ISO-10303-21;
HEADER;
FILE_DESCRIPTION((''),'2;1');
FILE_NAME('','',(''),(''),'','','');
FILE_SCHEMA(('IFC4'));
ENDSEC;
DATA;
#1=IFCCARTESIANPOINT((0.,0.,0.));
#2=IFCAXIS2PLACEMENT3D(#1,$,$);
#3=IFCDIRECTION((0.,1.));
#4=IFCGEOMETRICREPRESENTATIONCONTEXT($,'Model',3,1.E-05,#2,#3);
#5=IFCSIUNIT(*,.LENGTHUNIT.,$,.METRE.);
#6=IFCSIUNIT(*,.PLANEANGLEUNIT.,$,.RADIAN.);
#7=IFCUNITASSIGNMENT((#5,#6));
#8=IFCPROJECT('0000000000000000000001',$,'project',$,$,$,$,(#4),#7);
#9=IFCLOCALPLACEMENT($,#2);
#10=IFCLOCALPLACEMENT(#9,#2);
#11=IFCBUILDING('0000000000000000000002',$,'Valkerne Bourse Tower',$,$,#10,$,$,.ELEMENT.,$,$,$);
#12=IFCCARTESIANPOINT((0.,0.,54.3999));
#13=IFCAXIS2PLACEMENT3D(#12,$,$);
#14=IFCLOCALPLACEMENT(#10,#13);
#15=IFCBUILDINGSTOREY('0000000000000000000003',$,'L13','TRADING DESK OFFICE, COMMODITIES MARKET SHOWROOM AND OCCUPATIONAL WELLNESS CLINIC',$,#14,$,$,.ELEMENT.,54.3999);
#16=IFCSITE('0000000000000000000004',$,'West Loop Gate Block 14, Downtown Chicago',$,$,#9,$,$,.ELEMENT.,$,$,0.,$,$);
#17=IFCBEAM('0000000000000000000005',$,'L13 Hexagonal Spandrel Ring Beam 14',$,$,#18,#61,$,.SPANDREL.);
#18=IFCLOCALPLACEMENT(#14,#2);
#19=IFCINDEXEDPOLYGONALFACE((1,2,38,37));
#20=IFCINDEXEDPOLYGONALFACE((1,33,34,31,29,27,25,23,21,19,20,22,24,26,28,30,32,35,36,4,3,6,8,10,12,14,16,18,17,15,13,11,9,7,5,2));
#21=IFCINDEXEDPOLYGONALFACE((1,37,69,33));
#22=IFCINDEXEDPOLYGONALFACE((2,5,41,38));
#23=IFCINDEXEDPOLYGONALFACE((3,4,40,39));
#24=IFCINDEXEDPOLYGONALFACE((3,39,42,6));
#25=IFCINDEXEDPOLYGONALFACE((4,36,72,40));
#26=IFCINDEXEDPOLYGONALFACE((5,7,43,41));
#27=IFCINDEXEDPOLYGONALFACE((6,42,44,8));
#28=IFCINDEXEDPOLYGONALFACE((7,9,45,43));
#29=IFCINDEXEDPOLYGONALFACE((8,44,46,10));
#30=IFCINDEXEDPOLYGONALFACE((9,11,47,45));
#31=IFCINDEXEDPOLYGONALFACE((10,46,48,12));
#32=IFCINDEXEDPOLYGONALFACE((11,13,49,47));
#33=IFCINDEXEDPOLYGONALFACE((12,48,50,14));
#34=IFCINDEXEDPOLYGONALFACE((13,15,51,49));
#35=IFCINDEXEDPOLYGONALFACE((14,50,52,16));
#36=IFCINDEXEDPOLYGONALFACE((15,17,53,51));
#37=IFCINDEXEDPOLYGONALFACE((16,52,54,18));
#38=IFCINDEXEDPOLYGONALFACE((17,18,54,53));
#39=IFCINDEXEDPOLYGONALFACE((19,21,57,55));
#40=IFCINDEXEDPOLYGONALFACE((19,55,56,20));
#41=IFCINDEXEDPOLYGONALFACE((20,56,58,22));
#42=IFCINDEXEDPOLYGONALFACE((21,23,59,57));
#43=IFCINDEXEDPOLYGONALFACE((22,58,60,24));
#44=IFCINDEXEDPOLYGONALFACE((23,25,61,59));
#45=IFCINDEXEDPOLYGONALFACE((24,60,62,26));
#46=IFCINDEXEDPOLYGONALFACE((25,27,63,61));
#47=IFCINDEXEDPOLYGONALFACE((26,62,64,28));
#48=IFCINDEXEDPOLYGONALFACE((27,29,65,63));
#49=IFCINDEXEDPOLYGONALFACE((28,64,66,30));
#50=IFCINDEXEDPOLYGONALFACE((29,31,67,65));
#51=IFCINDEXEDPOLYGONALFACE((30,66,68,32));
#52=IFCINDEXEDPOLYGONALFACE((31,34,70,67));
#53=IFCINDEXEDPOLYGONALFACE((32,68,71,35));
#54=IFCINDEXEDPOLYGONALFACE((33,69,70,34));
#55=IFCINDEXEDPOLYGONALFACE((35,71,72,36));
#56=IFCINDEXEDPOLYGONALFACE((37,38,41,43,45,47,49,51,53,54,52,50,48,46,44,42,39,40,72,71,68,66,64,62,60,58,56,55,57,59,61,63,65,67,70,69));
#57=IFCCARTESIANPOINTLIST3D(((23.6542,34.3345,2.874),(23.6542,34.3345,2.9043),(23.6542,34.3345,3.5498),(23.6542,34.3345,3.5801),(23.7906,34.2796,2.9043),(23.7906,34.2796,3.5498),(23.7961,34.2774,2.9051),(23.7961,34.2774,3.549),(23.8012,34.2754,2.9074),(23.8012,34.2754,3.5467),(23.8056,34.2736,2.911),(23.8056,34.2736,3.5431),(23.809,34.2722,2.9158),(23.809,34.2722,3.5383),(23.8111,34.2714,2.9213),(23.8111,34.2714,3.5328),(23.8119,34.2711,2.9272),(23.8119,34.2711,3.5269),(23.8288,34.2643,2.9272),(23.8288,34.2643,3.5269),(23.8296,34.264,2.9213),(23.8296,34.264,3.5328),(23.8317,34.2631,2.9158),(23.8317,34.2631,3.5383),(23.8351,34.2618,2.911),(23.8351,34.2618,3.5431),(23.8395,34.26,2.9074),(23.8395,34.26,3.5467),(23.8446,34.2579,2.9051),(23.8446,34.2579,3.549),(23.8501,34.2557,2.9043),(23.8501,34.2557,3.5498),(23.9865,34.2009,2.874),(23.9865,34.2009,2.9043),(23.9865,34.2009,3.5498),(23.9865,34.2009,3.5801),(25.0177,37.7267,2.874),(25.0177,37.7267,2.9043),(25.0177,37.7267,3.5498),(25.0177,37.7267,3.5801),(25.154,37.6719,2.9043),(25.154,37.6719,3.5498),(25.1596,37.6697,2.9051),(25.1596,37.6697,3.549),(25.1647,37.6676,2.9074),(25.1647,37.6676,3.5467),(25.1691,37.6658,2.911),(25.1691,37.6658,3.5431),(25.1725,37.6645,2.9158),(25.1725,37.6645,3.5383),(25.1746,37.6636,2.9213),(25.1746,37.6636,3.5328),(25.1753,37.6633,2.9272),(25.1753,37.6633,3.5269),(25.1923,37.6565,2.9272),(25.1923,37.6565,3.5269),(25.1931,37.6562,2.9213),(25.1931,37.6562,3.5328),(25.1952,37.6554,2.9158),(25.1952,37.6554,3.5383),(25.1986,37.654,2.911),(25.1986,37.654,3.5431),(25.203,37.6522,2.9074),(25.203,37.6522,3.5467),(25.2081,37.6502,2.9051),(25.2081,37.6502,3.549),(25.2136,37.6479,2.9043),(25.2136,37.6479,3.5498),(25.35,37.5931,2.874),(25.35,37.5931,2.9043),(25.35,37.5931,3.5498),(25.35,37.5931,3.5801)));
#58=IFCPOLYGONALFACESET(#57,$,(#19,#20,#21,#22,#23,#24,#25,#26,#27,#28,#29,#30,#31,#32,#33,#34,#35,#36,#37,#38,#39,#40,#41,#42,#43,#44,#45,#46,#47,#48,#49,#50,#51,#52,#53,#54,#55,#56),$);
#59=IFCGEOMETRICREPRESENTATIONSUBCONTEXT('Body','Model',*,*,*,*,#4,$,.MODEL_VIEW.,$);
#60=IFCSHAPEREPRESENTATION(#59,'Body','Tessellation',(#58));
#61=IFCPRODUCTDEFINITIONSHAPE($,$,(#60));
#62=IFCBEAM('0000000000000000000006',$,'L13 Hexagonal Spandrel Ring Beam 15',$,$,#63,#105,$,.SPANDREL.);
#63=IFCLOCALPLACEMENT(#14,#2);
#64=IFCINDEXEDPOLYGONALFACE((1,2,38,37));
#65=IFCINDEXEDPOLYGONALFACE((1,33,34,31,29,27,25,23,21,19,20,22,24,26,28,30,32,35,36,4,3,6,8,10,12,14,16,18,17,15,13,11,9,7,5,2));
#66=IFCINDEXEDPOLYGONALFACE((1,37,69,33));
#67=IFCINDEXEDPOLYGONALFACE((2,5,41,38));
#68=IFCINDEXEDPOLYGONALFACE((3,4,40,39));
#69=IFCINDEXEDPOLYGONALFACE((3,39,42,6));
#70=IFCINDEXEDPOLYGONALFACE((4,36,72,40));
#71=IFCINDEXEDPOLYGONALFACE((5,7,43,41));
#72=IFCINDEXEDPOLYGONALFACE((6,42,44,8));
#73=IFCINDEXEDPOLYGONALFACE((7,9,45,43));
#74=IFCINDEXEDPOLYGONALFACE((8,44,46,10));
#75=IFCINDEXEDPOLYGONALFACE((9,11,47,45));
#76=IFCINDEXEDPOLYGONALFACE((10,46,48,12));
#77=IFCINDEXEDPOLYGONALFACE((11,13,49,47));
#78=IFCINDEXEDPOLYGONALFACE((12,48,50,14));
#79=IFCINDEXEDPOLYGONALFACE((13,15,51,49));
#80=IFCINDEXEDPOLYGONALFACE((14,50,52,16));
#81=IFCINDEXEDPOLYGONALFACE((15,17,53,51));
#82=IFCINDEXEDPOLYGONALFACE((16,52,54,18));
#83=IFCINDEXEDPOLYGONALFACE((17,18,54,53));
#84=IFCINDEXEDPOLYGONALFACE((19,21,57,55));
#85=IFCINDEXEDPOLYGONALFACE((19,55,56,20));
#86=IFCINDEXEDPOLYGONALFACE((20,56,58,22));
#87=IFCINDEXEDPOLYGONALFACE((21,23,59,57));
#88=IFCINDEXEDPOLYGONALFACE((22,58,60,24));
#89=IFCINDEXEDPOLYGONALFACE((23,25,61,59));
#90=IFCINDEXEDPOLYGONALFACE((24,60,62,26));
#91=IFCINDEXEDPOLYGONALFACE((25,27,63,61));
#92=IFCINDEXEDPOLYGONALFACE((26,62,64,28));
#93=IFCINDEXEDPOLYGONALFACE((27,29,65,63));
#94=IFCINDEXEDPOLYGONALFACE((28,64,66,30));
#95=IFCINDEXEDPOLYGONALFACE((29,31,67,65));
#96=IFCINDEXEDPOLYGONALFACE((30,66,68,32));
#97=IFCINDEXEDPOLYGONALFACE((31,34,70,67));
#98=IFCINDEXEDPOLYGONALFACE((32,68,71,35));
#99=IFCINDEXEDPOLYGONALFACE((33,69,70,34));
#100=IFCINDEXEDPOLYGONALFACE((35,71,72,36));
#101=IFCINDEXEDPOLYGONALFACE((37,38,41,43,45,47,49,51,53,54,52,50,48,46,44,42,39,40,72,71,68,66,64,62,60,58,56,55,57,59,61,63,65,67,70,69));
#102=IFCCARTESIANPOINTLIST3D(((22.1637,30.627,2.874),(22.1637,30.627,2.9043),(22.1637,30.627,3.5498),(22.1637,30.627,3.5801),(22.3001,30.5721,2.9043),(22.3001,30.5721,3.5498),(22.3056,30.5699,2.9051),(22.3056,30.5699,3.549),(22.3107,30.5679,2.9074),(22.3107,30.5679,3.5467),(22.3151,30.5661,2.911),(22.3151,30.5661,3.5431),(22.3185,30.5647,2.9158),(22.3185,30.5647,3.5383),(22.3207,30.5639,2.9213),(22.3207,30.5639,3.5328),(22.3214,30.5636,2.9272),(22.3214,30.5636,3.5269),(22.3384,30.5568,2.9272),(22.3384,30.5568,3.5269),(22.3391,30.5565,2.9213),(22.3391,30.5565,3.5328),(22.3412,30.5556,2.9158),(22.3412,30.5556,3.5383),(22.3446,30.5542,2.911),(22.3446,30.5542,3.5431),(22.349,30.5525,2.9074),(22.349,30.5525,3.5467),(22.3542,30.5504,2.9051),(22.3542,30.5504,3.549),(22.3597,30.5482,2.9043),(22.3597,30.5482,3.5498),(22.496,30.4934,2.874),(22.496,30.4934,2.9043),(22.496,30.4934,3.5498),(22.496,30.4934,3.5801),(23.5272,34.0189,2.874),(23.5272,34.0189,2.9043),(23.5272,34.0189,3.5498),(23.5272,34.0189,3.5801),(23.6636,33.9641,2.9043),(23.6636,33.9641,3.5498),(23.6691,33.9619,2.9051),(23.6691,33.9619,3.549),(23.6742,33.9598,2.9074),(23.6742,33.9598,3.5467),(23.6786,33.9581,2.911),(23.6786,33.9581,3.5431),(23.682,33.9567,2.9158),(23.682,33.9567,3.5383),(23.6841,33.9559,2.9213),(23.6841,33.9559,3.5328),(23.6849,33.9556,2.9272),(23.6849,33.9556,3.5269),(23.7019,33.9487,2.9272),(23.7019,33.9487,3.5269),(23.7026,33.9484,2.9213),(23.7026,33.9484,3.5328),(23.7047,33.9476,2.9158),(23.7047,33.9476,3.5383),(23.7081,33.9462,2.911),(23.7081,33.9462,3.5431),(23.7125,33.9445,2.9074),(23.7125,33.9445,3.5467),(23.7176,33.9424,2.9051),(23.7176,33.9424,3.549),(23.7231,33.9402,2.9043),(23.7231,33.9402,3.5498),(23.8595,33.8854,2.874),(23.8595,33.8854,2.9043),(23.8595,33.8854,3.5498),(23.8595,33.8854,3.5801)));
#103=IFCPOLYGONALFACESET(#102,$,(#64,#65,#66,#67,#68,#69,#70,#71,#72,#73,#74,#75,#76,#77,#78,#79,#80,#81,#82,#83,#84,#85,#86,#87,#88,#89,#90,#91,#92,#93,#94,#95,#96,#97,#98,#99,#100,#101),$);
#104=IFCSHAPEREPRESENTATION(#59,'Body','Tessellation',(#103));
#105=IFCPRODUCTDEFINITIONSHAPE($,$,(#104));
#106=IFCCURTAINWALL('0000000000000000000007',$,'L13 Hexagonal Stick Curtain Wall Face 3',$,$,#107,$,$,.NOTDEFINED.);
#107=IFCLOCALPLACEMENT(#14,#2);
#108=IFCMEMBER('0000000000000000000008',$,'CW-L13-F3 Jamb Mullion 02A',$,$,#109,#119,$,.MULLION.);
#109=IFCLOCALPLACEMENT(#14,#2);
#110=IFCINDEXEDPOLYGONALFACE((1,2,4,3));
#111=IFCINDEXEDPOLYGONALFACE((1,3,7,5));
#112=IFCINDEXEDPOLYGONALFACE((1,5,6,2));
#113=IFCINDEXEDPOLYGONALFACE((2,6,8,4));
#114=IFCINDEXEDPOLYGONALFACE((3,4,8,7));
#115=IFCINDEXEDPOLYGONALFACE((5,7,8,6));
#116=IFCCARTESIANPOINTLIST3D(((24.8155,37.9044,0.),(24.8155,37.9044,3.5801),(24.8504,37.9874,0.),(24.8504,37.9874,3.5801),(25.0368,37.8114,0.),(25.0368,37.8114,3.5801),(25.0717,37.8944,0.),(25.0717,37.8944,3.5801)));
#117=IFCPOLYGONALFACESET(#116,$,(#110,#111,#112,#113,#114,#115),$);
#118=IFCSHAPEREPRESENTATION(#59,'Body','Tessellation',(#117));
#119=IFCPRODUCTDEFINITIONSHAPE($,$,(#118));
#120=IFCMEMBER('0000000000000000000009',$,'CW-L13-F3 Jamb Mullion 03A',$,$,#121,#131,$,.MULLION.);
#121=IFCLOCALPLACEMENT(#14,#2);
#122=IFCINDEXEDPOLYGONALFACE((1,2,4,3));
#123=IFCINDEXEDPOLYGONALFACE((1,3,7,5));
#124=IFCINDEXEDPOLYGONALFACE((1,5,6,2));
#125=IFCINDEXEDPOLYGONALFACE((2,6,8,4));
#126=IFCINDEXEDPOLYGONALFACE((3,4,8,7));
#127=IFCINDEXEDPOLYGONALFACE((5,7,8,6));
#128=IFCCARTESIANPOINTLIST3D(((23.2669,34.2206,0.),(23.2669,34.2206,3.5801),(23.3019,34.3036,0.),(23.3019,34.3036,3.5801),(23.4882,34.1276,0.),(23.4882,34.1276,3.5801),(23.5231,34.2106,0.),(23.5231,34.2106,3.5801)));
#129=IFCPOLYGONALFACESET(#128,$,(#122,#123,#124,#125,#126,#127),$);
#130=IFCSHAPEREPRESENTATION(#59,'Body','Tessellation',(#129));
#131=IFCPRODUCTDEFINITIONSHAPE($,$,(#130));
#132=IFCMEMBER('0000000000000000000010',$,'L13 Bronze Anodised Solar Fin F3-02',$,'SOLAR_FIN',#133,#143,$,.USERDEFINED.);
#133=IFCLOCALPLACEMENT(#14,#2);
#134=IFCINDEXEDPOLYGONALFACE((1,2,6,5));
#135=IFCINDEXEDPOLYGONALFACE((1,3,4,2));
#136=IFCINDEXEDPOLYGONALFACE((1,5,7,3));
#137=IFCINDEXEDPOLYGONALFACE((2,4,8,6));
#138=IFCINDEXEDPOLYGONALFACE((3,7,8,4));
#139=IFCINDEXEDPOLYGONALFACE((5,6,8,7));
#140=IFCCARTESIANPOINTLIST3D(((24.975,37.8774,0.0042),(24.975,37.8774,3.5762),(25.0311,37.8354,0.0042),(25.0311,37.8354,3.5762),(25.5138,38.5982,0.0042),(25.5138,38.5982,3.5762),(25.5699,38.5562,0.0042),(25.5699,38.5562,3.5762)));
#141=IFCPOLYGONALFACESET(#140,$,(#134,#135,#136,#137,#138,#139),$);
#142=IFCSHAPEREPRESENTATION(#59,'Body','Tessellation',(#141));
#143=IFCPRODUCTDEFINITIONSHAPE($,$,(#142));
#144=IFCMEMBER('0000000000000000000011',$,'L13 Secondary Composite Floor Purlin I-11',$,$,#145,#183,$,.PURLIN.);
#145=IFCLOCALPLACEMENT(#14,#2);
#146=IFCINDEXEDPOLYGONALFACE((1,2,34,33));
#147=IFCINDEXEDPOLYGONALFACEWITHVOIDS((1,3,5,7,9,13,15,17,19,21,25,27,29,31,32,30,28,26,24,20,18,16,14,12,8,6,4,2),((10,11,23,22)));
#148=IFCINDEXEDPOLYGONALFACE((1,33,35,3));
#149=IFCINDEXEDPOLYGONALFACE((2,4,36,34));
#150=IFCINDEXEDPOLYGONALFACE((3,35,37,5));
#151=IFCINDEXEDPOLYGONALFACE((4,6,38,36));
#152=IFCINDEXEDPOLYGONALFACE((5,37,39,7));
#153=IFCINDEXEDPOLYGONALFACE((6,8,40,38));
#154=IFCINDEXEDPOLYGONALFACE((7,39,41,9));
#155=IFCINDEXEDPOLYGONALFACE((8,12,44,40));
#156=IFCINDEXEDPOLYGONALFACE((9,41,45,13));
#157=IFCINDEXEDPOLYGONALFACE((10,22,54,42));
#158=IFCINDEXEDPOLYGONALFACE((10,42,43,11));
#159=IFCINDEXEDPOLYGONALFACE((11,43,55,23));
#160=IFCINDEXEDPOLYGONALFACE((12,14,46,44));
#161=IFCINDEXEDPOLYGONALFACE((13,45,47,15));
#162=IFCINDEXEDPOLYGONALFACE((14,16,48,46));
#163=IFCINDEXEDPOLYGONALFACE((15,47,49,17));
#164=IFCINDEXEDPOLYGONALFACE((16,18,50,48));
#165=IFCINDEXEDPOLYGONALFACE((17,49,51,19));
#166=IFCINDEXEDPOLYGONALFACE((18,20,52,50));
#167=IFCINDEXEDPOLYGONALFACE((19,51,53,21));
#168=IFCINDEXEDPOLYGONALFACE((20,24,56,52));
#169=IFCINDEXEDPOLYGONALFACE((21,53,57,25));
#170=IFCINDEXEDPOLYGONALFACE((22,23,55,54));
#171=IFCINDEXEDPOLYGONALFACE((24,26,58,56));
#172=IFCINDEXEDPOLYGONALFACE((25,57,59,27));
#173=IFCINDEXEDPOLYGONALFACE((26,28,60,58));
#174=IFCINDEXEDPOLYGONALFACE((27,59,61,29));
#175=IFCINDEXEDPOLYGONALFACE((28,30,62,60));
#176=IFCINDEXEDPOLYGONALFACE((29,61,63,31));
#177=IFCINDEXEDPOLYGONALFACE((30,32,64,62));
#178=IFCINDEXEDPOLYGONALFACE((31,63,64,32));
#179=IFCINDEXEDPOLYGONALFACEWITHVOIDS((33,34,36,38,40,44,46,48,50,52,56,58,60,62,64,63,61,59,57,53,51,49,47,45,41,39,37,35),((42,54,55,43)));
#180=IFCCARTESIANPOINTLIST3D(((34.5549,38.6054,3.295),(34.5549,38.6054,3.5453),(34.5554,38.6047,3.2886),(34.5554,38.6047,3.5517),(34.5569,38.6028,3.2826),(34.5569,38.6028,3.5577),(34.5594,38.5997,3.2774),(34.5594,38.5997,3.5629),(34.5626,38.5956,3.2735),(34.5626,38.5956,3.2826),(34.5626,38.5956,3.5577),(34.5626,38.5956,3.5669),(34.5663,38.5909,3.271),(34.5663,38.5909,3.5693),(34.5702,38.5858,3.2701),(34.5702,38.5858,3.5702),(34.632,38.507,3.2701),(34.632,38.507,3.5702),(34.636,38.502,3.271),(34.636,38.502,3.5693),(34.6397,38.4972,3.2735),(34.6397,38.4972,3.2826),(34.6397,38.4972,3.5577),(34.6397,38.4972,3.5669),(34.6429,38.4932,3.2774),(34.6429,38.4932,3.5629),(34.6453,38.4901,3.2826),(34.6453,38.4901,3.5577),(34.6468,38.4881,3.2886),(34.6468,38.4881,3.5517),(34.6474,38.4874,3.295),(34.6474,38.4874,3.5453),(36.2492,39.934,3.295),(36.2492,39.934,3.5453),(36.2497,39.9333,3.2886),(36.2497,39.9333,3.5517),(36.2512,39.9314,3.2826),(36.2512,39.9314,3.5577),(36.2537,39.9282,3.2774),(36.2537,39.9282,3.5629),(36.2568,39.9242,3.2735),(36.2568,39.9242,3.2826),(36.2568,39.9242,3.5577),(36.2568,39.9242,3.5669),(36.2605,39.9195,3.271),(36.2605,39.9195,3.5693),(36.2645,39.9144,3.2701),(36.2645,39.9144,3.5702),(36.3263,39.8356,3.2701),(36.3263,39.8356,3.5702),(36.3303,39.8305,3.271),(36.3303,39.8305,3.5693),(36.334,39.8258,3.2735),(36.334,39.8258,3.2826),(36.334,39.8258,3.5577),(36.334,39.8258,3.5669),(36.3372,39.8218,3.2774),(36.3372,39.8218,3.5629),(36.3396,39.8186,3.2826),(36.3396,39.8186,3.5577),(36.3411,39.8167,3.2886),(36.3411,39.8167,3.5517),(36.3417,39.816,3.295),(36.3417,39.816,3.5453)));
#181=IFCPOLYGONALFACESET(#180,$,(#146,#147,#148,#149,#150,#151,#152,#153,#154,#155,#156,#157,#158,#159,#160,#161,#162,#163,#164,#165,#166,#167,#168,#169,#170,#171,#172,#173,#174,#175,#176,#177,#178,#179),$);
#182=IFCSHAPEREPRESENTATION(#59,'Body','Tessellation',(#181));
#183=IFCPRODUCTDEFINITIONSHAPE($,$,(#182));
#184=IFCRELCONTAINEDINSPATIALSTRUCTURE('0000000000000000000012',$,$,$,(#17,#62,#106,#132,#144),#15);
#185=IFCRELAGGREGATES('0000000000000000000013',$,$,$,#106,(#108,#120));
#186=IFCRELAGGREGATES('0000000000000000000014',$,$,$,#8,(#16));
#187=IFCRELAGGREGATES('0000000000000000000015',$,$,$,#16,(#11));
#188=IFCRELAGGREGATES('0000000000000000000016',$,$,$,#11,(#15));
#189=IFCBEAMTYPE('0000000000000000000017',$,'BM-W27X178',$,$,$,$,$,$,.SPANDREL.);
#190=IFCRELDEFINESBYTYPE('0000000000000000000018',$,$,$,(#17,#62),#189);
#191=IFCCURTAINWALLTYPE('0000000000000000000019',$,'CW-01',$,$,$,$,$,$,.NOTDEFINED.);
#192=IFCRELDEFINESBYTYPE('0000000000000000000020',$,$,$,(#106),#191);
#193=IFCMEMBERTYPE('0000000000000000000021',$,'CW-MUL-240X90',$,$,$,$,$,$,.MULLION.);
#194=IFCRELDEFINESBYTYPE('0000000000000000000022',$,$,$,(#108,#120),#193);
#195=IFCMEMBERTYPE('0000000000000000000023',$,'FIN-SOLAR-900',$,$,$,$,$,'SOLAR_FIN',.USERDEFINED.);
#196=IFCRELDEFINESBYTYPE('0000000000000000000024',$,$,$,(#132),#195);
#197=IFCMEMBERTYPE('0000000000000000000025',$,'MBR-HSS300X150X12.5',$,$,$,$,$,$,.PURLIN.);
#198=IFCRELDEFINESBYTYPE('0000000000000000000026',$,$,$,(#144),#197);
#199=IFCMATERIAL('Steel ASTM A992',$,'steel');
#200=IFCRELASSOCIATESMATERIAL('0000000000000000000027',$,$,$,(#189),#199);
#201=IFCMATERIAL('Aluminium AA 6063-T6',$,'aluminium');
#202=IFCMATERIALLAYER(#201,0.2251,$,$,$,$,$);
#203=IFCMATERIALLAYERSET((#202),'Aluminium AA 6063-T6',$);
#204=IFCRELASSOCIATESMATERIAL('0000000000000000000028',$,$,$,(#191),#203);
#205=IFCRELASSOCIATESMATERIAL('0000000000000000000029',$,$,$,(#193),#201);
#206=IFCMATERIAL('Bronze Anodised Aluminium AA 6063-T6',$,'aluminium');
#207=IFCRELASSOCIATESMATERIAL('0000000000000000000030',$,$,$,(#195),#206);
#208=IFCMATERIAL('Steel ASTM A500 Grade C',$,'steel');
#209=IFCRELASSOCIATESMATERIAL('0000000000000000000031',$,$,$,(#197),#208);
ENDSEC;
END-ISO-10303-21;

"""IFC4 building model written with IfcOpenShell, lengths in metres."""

from ifc_helpers import new_model, si_unit, direction, frame, origin, origin_2d, place, context, subcontext, project, spatial, rectangle, hollow_rectangle, i_section, extrude, material, layer, layer_set, material_profile, profile_set, type_object, element, aggregate, save


model = new_model("IFC4")

# Units and contexts
model_context = context("Model", 3, precision=1e-05, world=origin(), true_north=direction((0.0, 1.0)))
body_context = subcontext(model_context, "Body", "Model", "MODEL_VIEW")
ifc_project = project(units=[si_unit("LENGTHUNIT", "METRE"), si_unit("PLANEANGLEUNIT", "RADIAN")], contexts=[model_context])

# Site, building, storey
site_placement = place(None, origin())
site = spatial("IfcSite", under=ifc_project, at=site_placement, Name="West Loop Gate Block 14, Downtown Chicago", CompositionType="ELEMENT", RefElevation=0.0)
building_placement = place(site_placement, origin())
building = spatial("IfcBuilding", under=site, at=building_placement, Name="Valkerne Bourse Tower", CompositionType="ELEMENT")
storey_placement = place(building_placement, frame((0.0, 0.0, 54.3999)))
storey = spatial("IfcBuildingStorey", under=building, at=storey_placement, Name="L13", Description="TRADING DESK OFFICE, COMMODITIES MARKET SHOWROOM AND OCCUPATIONAL WELLNESS CLINIC", CompositionType="ELEMENT", Elevation=54.3999)

# Beams
ifc_material_1 = material(Name="Steel ASTM A992", Category="steel")
ifc_material_profile_1 = material_profile(ifc_material_1, i_section(OverallWidth=0.3582, OverallDepth=0.7061, WebThickness=0.0183, FlangeThickness=0.0303, FilletRadius=0.0229, at=origin_2d()), Name="W27X178")
ifc_profile_set_1 = profile_set([ifc_material_profile_1], Name="Steel ASTM A992")
beam_type_1 = type_object("IfcBeamType", Name="BM-W27X178", PredefinedType="SPANDREL", material=ifc_profile_set_1)
beam_1_placement = place(storey_placement, frame((25.1838, 37.6599, 3.2271), z_axis=(-0.372944, -0.927854, 0.0), x_axis=(0.927854, -0.372944, 0.0)))
element("IfcBeam", 1, at=beam_1_placement, inside=storey, type_object=beam_type_1, Name="L13 Hexagonal Spandrel Ring Beam 14", PredefinedType="SPANDREL", context=body_context, shape_type="SweptSolid", body=[
    extrude(i_section(OverallWidth=0.3582, OverallDepth=0.7061, WebThickness=0.0183, FlangeThickness=0.0303, FilletRadius=0.0229, at=origin_2d()), origin(), (0.0, 0.0, 1.0), 3.656),
])
beam_2_placement = place(storey_placement, frame((23.6934, 33.9521, 3.2271), z_axis=(-0.372968, -0.927844, 0.0), x_axis=(0.927844, -0.372968, 0.0)))
element("IfcBeam", 2, at=beam_2_placement, inside=storey, type_object=beam_type_1, Name="L13 Hexagonal Spandrel Ring Beam 15", PredefinedType="SPANDREL", context=body_context, shape_type="SweptSolid", body=[
    extrude(i_section(OverallWidth=0.3582, OverallDepth=0.7061, WebThickness=0.0183, FlangeThickness=0.0303, FilletRadius=0.0229, at=origin_2d()), origin(), (0.0, 0.0, 1.0), 3.6558),
])

# Curtain wall, members
ifc_material_2 = material(Name="Aluminium AA 6063-T6", Category="aluminium")
ifc_layer_1 = layer(ifc_material_2, 0.2251)
ifc_layer_set_1 = layer_set([ifc_layer_1], Name="Aluminium AA 6063-T6")
curtain_wall_type = type_object("IfcCurtainWallType", Name="CW-01", PredefinedType="NOTDEFINED", material=ifc_layer_set_1)
curtain_wall_placement = place(storey_placement, origin())
curtain_wall = element("IfcCurtainWall", 3, at=curtain_wall_placement, inside=storey, type_object=curtain_wall_type, Name="L13 Hexagonal Stick Curtain Wall Face 3", PredefinedType="NOTDEFINED")
ifc_material_profile_2 = material_profile(ifc_material_2, rectangle(XDim=0.0901, YDim=0.24, at=origin_2d()), Name="CWM-90X240")
ifc_profile_set_2 = profile_set([ifc_material_profile_2], Name="Aluminium AA 6063-T6")
member_type_1 = type_object("IfcMemberType", Name="CW-MUL-240X90", PredefinedType="MULLION", material=ifc_profile_set_2)
member_1_placement = place(storey_placement, frame((24.9436, 37.8994, 0.0), z_axis=(0.0, 0.0, 1.0), x_axis=(-0.38754, -0.921853, 0.0)))
member_1 = element("IfcMember", 4, at=member_1_placement, type_object=member_type_1, Name="CW-L13-F3 Jamb Mullion 02A", PredefinedType="MULLION", context=body_context, shape_type="SweptSolid", body=[
    extrude(rectangle(XDim=0.0901, YDim=0.24, at=origin_2d()), origin(), (0.0, 0.0, 1.0), 3.5801),
])
member_2_placement = place(storey_placement, frame((23.395, 34.2156, 0.0), z_axis=(0.0, 0.0, 1.0), x_axis=(-0.38751, -0.921866, 0.0)))
member_2 = element("IfcMember", 5, at=member_2_placement, type_object=member_type_1, Name="CW-L13-F3 Jamb Mullion 03A", PredefinedType="MULLION", context=body_context, shape_type="SweptSolid", body=[
    extrude(rectangle(XDim=0.0901, YDim=0.24, at=origin_2d()), origin(), (0.0, 0.0, 1.0), 3.5801),
])

# Members
ifc_material_3 = material(Name="Bronze Anodised Aluminium AA 6063-T6", Category="aluminium")
ifc_material_profile_3 = material_profile(ifc_material_3, rectangle(XDim=0.0701, YDim=0.8999, at=origin_2d()), Name="FIN-70X900")
ifc_profile_set_3 = profile_set([ifc_material_profile_3], Name="Bronze Anodised Aluminium AA 6063-T6")
member_type_2 = type_object("IfcMemberType", Name="FIN-SOLAR-900", ElementType="SOLAR_FIN", PredefinedType="USERDEFINED", material=ifc_profile_set_3)
member_3_placement = place(storey_placement, frame((25.2725, 38.2168, 0.0042), z_axis=(0.0, 0.0, 1.0), x_axis=(-0.800958, 0.59872, 0.0)))
element("IfcMember", 6, at=member_3_placement, inside=storey, type_object=member_type_2, Name="L13 Bronze Anodised Solar Fin F3-02", ObjectType="SOLAR_FIN", PredefinedType="USERDEFINED", context=body_context, shape_type="SweptSolid", body=[
    extrude(rectangle(XDim=0.0701, YDim=0.8999, at=origin_2d()), origin(), (0.0, 0.0, 1.0), 3.572),
])
ifc_material_4 = material(Name="Steel ASTM A500 Grade C", Category="steel")
ifc_material_profile_4 = material_profile(ifc_material_4, hollow_rectangle(XDim=0.1499, YDim=0.3, WallThickness=0.0125, OuterFilletRadius=0.0249, at=origin_2d()), Name="HSS300X150X12.5")
ifc_profile_set_4 = profile_set([ifc_material_profile_4], Name="Steel ASTM A500 Grade C")
member_type_3 = type_object("IfcMemberType", Name="MBR-HSS300X150X12.5", PredefinedType="PURLIN", material=ifc_profile_set_4)
member_4_placement = place(storey_placement, frame((36.2954, 39.875, 3.4202), z_axis=(-0.786916, -0.61706, 0.0), x_axis=(0.61706, -0.786916, 0.0)))
element("IfcMember", 7, at=member_4_placement, inside=storey, type_object=member_type_3, Name="L13 Secondary Composite Floor Purlin I-11", PredefinedType="PURLIN", context=body_context, shape_type="SweptSolid", body=[
    extrude(hollow_rectangle(XDim=0.1499, YDim=0.3, WallThickness=0.0125, OuterFilletRadius=0.0249, at=origin_2d()), origin(), (0.0, 0.0, 1.0), 2.1531),
])

aggregate(curtain_wall, [member_1, member_2])

save(model, "model.ifc")
